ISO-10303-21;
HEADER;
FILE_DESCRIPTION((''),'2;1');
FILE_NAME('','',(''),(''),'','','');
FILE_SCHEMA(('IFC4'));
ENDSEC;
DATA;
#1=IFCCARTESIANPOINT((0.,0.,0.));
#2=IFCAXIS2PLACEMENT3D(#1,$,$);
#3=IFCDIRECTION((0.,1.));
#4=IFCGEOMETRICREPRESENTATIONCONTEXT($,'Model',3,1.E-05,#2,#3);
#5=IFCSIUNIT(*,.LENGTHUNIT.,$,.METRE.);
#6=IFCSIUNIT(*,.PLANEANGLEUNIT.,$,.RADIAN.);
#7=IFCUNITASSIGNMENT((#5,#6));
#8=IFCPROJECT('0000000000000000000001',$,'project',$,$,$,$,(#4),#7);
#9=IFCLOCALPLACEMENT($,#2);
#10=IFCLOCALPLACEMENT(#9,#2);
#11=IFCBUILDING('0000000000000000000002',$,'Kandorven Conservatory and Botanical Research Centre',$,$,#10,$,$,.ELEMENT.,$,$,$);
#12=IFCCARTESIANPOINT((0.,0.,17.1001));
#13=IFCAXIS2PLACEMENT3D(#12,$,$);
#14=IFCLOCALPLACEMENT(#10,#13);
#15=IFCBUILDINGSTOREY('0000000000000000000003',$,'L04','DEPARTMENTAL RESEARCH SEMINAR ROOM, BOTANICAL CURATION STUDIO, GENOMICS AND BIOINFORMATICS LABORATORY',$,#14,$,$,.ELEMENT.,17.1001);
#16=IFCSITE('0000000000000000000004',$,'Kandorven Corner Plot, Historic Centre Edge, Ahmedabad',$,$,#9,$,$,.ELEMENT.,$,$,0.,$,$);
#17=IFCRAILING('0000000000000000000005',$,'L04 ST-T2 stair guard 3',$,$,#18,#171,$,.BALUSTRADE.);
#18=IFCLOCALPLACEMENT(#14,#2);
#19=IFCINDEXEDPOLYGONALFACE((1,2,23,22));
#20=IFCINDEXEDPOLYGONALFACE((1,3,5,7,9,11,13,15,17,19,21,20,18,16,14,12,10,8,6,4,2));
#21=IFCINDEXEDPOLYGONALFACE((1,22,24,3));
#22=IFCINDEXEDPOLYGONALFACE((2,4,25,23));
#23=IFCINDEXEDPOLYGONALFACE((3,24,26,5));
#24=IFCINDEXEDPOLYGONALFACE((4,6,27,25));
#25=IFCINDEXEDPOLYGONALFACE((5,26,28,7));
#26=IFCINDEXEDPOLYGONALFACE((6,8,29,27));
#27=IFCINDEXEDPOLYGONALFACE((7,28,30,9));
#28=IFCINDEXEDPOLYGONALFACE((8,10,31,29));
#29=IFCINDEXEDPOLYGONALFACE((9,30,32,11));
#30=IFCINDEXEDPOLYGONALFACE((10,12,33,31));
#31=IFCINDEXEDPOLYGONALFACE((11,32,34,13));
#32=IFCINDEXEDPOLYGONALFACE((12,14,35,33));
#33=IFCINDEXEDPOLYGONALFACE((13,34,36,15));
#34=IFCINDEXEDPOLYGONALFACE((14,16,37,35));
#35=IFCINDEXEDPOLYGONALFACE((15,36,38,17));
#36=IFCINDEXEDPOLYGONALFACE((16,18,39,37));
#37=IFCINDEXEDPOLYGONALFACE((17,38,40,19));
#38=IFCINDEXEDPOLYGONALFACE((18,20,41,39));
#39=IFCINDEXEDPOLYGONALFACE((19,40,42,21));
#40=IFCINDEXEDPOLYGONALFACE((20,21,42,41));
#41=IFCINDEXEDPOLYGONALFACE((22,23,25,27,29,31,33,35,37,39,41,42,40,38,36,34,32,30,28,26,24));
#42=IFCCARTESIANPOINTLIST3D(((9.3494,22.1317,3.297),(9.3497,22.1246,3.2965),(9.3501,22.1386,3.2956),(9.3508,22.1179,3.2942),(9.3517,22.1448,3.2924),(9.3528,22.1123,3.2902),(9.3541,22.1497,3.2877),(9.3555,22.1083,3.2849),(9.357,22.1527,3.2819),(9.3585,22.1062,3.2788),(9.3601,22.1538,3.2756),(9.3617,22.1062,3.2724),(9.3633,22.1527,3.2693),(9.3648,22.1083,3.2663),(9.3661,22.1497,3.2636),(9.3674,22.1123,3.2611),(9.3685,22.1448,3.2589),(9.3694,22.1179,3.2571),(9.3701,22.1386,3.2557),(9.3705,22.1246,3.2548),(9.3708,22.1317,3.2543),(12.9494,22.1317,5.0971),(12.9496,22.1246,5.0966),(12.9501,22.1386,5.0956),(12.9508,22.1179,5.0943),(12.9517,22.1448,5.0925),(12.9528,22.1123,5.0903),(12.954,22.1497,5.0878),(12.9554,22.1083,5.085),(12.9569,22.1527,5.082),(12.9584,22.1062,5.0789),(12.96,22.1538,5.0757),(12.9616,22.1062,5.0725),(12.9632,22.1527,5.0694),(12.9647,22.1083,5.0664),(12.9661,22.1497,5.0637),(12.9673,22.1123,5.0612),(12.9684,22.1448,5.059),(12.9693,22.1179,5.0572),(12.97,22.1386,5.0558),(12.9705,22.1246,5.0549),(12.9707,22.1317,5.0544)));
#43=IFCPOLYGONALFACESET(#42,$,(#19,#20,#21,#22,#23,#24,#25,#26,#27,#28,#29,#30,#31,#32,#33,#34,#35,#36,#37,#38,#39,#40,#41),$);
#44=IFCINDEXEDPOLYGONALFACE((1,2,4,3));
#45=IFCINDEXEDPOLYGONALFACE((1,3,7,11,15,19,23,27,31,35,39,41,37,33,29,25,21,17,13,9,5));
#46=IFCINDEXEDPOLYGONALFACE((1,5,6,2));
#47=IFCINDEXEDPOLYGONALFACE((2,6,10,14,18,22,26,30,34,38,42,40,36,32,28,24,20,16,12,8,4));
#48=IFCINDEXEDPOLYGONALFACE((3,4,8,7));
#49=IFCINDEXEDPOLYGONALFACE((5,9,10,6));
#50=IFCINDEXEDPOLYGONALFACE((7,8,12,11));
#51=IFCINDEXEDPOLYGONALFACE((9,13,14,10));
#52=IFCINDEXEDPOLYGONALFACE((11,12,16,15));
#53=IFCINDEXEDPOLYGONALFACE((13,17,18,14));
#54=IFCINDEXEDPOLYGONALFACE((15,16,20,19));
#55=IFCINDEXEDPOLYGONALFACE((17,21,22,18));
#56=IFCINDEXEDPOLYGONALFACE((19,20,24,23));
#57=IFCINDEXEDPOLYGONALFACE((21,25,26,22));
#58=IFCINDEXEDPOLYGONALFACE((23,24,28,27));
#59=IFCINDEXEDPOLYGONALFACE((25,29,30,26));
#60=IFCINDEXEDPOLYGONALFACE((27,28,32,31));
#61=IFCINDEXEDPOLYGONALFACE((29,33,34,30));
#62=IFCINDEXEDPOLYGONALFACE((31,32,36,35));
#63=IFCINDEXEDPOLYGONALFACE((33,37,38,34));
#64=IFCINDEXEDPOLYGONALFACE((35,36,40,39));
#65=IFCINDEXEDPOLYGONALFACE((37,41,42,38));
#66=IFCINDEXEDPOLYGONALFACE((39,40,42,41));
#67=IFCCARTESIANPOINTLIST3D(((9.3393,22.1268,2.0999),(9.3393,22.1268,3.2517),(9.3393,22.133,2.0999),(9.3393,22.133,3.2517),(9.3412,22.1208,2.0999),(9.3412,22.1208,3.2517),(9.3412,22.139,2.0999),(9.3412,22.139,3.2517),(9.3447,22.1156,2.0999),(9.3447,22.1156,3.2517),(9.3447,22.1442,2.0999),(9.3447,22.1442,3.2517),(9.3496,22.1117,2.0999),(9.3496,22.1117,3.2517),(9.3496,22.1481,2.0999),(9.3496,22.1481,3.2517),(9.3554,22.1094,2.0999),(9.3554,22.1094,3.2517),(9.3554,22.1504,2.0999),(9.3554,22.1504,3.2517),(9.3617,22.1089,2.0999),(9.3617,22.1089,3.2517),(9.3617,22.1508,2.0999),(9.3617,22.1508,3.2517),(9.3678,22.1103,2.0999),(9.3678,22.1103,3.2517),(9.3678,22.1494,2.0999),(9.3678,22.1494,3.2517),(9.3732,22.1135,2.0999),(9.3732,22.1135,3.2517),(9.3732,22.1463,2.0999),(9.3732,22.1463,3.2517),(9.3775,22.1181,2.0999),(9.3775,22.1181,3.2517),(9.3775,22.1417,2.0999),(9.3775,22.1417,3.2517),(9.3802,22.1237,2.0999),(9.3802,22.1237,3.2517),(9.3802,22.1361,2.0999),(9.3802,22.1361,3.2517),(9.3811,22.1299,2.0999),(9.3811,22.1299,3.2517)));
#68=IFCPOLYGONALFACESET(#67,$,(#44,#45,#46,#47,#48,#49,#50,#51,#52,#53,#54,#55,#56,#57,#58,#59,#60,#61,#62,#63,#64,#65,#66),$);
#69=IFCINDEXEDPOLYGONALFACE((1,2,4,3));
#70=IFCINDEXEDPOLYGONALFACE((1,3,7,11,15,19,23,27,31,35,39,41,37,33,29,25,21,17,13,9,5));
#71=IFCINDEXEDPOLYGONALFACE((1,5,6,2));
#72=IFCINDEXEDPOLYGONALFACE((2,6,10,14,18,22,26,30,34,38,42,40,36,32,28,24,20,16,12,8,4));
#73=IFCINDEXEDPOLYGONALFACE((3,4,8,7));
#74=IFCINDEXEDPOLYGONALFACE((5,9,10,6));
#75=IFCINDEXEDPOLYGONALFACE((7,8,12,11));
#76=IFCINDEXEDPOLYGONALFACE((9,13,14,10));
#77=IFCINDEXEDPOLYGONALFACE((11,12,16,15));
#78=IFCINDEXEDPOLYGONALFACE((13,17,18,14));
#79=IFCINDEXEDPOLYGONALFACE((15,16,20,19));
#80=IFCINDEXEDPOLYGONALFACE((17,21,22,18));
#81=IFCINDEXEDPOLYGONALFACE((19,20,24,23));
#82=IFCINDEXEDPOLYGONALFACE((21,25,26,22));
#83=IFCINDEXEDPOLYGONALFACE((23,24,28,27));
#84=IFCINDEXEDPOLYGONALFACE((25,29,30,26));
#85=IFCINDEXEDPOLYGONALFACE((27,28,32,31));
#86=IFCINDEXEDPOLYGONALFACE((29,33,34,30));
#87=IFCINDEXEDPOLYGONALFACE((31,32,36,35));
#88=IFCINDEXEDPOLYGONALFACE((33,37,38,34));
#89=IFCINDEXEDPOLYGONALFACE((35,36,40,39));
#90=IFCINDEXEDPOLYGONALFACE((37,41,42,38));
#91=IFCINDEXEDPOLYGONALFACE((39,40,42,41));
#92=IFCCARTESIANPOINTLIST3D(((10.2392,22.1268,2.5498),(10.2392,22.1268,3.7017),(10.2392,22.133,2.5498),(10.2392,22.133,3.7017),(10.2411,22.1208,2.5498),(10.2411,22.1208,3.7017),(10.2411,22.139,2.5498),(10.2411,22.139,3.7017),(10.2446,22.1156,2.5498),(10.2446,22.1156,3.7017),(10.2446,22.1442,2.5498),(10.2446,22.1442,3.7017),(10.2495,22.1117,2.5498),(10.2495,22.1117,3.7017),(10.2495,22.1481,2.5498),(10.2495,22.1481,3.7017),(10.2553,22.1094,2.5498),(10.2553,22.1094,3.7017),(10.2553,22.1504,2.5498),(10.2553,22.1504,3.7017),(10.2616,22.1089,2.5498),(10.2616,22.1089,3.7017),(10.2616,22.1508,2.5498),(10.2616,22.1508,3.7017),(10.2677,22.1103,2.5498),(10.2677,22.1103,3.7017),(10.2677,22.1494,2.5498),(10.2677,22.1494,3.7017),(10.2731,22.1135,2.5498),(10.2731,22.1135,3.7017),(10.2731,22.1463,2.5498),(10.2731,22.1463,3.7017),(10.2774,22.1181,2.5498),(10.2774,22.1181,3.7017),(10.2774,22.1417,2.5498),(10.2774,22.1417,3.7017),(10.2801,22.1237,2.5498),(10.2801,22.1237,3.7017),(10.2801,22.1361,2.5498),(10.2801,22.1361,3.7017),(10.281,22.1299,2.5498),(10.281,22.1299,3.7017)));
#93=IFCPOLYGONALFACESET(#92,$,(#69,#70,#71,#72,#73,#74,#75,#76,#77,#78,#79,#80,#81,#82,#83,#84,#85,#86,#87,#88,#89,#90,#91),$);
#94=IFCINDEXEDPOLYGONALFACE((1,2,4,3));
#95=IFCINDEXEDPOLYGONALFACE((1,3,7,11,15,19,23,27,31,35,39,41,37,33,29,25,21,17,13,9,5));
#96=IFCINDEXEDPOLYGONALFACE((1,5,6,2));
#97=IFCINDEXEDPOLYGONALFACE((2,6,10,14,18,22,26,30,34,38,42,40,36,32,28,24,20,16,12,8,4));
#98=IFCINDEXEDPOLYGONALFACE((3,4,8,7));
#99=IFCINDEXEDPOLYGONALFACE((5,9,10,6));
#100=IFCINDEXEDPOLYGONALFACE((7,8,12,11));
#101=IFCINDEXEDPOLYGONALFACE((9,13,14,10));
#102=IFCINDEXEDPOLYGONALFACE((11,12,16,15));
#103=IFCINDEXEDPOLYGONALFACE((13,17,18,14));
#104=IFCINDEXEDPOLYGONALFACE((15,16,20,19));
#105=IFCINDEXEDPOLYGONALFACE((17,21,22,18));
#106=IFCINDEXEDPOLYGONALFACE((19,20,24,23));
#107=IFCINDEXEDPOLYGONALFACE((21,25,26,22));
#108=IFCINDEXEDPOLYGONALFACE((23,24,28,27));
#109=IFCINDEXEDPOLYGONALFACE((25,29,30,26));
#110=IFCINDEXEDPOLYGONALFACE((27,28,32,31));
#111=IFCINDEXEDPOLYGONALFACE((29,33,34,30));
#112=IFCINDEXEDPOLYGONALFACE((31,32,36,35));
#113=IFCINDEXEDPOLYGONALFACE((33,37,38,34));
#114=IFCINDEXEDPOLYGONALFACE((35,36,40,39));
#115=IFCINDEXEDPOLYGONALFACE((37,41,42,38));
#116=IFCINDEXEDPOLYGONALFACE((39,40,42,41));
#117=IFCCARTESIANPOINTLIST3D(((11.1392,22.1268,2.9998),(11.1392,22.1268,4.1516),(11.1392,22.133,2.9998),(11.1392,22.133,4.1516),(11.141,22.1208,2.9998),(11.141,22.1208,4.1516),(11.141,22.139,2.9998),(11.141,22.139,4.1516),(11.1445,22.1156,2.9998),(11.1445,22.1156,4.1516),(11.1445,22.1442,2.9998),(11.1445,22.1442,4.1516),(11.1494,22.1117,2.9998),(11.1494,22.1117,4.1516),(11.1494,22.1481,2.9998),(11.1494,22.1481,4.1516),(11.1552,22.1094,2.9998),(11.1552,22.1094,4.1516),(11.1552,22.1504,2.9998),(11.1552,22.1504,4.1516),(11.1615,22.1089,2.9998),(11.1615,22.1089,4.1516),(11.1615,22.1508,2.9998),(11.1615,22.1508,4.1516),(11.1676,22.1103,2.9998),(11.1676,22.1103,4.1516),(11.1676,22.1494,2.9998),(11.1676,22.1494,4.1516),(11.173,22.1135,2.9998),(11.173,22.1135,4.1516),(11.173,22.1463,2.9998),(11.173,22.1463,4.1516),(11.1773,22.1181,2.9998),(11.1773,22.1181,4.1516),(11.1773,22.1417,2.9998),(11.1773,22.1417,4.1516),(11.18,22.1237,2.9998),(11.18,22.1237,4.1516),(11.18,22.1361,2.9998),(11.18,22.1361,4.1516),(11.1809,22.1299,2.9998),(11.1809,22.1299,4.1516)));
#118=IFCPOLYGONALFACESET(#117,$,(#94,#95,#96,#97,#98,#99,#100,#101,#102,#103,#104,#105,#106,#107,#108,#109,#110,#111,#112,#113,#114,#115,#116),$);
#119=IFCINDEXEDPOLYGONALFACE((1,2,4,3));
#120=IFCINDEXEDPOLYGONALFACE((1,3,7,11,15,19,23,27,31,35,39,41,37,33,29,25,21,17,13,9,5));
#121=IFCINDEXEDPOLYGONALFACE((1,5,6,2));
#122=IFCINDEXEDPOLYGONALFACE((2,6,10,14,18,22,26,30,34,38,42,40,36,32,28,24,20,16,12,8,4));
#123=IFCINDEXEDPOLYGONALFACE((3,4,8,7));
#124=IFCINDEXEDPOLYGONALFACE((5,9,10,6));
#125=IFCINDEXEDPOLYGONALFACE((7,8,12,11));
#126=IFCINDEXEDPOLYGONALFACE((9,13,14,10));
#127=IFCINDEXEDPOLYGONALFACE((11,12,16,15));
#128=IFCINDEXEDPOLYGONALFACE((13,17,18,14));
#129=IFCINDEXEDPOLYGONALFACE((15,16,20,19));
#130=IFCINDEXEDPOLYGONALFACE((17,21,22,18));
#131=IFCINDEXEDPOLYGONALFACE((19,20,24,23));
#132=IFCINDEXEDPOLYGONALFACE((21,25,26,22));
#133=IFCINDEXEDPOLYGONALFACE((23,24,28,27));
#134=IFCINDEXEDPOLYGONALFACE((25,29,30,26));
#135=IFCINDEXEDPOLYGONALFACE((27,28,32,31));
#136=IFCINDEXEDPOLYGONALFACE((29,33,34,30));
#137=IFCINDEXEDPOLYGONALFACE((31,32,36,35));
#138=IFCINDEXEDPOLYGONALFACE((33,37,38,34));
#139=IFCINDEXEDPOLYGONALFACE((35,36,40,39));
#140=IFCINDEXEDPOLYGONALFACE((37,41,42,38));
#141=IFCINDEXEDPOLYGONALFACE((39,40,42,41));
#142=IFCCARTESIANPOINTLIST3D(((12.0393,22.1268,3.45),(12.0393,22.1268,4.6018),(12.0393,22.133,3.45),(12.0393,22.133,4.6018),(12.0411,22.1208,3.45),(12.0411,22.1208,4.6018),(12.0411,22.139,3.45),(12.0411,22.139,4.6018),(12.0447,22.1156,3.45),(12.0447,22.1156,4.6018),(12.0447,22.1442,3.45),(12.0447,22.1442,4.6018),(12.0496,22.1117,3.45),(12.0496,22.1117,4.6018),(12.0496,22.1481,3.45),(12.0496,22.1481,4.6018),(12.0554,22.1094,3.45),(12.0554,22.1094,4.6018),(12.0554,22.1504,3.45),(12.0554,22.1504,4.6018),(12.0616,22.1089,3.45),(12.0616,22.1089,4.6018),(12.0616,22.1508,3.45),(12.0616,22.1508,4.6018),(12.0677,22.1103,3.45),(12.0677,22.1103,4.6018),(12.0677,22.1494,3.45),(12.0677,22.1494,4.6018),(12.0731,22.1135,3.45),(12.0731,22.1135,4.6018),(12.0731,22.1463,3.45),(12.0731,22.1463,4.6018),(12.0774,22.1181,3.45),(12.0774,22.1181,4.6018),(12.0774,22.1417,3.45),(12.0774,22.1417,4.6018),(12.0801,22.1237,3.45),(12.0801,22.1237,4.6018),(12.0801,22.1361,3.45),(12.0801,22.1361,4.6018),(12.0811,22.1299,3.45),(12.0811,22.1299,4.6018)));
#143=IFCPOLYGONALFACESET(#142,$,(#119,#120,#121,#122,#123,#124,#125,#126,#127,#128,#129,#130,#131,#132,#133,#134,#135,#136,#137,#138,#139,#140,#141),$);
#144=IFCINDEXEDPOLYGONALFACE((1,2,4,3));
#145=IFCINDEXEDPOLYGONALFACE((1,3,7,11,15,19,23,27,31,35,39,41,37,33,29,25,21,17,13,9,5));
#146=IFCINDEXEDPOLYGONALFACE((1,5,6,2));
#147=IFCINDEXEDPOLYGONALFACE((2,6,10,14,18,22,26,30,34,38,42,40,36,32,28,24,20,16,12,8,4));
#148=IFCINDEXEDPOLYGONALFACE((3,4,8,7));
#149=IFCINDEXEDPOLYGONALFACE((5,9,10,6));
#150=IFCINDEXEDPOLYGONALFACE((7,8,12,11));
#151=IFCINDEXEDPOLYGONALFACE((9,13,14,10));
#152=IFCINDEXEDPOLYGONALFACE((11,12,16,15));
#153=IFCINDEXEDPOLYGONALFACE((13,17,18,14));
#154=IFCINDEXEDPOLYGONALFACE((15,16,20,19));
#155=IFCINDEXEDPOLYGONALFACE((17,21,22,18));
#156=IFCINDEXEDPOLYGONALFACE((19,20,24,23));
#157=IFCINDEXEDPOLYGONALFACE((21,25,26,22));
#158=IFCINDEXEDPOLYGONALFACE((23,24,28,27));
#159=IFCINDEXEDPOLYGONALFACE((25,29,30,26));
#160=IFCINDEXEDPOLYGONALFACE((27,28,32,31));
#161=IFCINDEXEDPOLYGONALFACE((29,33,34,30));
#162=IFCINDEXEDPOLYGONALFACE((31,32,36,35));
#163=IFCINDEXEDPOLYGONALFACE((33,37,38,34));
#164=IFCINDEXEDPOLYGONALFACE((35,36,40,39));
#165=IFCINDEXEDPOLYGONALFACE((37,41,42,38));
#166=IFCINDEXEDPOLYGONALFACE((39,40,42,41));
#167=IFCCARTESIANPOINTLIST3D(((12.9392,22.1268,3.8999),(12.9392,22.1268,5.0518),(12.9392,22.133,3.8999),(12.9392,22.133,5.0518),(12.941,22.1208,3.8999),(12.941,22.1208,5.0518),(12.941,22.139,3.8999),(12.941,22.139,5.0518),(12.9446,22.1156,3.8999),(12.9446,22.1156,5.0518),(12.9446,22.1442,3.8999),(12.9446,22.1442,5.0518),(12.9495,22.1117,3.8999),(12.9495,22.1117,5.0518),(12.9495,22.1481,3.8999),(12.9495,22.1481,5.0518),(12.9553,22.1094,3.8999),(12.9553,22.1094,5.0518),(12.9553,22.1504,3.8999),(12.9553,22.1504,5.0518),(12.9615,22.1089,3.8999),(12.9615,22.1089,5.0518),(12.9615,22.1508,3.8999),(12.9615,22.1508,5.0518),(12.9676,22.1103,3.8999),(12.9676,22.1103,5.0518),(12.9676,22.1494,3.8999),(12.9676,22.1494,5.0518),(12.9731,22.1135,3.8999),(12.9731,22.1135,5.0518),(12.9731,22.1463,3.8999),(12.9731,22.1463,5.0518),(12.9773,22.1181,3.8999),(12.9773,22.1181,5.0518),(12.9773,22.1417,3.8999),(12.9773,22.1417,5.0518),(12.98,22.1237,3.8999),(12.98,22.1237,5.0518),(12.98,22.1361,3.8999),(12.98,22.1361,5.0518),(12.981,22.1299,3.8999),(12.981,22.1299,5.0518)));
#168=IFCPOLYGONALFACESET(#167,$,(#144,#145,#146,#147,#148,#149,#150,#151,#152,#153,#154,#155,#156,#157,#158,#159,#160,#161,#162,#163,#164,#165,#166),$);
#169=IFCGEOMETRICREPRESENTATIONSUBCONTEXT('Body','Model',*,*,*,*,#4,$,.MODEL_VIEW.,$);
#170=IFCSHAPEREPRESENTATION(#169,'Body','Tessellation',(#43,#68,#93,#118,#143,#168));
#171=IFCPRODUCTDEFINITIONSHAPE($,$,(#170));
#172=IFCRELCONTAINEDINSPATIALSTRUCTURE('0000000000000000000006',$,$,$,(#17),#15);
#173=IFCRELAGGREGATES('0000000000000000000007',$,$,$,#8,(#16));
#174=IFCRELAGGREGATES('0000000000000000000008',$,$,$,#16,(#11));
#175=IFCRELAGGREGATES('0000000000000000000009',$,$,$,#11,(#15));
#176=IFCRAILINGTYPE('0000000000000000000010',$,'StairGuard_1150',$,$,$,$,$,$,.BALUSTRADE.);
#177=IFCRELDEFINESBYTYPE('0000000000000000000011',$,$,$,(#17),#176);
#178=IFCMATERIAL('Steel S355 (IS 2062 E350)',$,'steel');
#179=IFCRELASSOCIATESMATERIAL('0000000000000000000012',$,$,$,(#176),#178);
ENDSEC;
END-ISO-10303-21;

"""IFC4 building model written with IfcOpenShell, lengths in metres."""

from ifc_helpers import new_model, si_unit, direction, frame, origin, origin_2d, place, context, subcontext, project, spatial, circle, extrude, material, type_object, element, save


model = new_model("IFC4")

# Units and contexts
model_context = context("Model", 3, precision=1e-05, world=origin(), true_north=direction((0.0, 1.0)))
body_context = subcontext(model_context, "Body", "Model", "MODEL_VIEW")
ifc_project = project(units=[si_unit("LENGTHUNIT", "METRE"), si_unit("PLANEANGLEUNIT", "RADIAN")], contexts=[model_context])

# Site, building, storey
site_placement = place(None, origin())
site = spatial("IfcSite", under=ifc_project, at=site_placement, Name="Kandorven Corner Plot, Historic Centre Edge, Ahmedabad", CompositionType="ELEMENT", RefElevation=0.0)
building_placement = place(site_placement, origin())
building = spatial("IfcBuilding", under=site, at=building_placement, Name="Kandorven Conservatory and Botanical Research Centre", CompositionType="ELEMENT")
storey_placement = place(building_placement, frame((0.0, 0.0, 17.1001)))
storey = spatial("IfcBuildingStorey", under=building, at=storey_placement, Name="L04", Description="DEPARTMENTAL RESEARCH SEMINAR ROOM, BOTANICAL CURATION STUDIO, GENOMICS AND BIOINFORMATICS LABORATORY", CompositionType="ELEMENT", Elevation=17.1001)

# Railing
ifc_material_1 = material(Name="Steel S355 (IS 2062 E350)", Category="steel")
railing_type_1 = type_object("IfcRailingType", Name="StairGuard_1150", PredefinedType="BALUSTRADE", material=ifc_material_1)
railing_1_placement = place(storey_placement, frame((9.3601, 22.1299, 2.0999)))
element("IfcRailing", 1, at=railing_1_placement, inside=storey, type_object=railing_type_1, Name="L04 ST-T2 stair guard 3", PredefinedType="BALUSTRADE", context=body_context, shape_type="SweptSolid", body=[
    extrude(circle(Radius=0.0239, at=origin_2d()), frame((0.0, 0.0, 1.1758), z_axis=(0.894415, 0.0, 0.447238), x_axis=(0.0, 1.0, 0.0)), (0.0, 0.0, 1.0), 4.0249),
    extrude(circle(Radius=0.021, at=origin_2d()), origin(), (0.0, 0.0, 1.0), 1.1519),
    extrude(circle(Radius=0.021, at=origin_2d()), frame((0.8999, 0.0, 0.45)), (0.0, 0.0, 1.0), 1.1519),
    extrude(circle(Radius=0.021, at=origin_2d()), frame((1.7998, 0.0, 0.8999)), (0.0, 0.0, 1.0), 1.1519),
    extrude(circle(Radius=0.021, at=origin_2d()), frame((2.7, 0.0, 1.3501)), (0.0, 0.0, 1.0), 1.1519),
    extrude(circle(Radius=0.021, at=origin_2d()), frame((3.5999, 0.0, 1.8)), (0.0, 0.0, 1.0), 1.1519),
])

save(model, "model.ifc")
